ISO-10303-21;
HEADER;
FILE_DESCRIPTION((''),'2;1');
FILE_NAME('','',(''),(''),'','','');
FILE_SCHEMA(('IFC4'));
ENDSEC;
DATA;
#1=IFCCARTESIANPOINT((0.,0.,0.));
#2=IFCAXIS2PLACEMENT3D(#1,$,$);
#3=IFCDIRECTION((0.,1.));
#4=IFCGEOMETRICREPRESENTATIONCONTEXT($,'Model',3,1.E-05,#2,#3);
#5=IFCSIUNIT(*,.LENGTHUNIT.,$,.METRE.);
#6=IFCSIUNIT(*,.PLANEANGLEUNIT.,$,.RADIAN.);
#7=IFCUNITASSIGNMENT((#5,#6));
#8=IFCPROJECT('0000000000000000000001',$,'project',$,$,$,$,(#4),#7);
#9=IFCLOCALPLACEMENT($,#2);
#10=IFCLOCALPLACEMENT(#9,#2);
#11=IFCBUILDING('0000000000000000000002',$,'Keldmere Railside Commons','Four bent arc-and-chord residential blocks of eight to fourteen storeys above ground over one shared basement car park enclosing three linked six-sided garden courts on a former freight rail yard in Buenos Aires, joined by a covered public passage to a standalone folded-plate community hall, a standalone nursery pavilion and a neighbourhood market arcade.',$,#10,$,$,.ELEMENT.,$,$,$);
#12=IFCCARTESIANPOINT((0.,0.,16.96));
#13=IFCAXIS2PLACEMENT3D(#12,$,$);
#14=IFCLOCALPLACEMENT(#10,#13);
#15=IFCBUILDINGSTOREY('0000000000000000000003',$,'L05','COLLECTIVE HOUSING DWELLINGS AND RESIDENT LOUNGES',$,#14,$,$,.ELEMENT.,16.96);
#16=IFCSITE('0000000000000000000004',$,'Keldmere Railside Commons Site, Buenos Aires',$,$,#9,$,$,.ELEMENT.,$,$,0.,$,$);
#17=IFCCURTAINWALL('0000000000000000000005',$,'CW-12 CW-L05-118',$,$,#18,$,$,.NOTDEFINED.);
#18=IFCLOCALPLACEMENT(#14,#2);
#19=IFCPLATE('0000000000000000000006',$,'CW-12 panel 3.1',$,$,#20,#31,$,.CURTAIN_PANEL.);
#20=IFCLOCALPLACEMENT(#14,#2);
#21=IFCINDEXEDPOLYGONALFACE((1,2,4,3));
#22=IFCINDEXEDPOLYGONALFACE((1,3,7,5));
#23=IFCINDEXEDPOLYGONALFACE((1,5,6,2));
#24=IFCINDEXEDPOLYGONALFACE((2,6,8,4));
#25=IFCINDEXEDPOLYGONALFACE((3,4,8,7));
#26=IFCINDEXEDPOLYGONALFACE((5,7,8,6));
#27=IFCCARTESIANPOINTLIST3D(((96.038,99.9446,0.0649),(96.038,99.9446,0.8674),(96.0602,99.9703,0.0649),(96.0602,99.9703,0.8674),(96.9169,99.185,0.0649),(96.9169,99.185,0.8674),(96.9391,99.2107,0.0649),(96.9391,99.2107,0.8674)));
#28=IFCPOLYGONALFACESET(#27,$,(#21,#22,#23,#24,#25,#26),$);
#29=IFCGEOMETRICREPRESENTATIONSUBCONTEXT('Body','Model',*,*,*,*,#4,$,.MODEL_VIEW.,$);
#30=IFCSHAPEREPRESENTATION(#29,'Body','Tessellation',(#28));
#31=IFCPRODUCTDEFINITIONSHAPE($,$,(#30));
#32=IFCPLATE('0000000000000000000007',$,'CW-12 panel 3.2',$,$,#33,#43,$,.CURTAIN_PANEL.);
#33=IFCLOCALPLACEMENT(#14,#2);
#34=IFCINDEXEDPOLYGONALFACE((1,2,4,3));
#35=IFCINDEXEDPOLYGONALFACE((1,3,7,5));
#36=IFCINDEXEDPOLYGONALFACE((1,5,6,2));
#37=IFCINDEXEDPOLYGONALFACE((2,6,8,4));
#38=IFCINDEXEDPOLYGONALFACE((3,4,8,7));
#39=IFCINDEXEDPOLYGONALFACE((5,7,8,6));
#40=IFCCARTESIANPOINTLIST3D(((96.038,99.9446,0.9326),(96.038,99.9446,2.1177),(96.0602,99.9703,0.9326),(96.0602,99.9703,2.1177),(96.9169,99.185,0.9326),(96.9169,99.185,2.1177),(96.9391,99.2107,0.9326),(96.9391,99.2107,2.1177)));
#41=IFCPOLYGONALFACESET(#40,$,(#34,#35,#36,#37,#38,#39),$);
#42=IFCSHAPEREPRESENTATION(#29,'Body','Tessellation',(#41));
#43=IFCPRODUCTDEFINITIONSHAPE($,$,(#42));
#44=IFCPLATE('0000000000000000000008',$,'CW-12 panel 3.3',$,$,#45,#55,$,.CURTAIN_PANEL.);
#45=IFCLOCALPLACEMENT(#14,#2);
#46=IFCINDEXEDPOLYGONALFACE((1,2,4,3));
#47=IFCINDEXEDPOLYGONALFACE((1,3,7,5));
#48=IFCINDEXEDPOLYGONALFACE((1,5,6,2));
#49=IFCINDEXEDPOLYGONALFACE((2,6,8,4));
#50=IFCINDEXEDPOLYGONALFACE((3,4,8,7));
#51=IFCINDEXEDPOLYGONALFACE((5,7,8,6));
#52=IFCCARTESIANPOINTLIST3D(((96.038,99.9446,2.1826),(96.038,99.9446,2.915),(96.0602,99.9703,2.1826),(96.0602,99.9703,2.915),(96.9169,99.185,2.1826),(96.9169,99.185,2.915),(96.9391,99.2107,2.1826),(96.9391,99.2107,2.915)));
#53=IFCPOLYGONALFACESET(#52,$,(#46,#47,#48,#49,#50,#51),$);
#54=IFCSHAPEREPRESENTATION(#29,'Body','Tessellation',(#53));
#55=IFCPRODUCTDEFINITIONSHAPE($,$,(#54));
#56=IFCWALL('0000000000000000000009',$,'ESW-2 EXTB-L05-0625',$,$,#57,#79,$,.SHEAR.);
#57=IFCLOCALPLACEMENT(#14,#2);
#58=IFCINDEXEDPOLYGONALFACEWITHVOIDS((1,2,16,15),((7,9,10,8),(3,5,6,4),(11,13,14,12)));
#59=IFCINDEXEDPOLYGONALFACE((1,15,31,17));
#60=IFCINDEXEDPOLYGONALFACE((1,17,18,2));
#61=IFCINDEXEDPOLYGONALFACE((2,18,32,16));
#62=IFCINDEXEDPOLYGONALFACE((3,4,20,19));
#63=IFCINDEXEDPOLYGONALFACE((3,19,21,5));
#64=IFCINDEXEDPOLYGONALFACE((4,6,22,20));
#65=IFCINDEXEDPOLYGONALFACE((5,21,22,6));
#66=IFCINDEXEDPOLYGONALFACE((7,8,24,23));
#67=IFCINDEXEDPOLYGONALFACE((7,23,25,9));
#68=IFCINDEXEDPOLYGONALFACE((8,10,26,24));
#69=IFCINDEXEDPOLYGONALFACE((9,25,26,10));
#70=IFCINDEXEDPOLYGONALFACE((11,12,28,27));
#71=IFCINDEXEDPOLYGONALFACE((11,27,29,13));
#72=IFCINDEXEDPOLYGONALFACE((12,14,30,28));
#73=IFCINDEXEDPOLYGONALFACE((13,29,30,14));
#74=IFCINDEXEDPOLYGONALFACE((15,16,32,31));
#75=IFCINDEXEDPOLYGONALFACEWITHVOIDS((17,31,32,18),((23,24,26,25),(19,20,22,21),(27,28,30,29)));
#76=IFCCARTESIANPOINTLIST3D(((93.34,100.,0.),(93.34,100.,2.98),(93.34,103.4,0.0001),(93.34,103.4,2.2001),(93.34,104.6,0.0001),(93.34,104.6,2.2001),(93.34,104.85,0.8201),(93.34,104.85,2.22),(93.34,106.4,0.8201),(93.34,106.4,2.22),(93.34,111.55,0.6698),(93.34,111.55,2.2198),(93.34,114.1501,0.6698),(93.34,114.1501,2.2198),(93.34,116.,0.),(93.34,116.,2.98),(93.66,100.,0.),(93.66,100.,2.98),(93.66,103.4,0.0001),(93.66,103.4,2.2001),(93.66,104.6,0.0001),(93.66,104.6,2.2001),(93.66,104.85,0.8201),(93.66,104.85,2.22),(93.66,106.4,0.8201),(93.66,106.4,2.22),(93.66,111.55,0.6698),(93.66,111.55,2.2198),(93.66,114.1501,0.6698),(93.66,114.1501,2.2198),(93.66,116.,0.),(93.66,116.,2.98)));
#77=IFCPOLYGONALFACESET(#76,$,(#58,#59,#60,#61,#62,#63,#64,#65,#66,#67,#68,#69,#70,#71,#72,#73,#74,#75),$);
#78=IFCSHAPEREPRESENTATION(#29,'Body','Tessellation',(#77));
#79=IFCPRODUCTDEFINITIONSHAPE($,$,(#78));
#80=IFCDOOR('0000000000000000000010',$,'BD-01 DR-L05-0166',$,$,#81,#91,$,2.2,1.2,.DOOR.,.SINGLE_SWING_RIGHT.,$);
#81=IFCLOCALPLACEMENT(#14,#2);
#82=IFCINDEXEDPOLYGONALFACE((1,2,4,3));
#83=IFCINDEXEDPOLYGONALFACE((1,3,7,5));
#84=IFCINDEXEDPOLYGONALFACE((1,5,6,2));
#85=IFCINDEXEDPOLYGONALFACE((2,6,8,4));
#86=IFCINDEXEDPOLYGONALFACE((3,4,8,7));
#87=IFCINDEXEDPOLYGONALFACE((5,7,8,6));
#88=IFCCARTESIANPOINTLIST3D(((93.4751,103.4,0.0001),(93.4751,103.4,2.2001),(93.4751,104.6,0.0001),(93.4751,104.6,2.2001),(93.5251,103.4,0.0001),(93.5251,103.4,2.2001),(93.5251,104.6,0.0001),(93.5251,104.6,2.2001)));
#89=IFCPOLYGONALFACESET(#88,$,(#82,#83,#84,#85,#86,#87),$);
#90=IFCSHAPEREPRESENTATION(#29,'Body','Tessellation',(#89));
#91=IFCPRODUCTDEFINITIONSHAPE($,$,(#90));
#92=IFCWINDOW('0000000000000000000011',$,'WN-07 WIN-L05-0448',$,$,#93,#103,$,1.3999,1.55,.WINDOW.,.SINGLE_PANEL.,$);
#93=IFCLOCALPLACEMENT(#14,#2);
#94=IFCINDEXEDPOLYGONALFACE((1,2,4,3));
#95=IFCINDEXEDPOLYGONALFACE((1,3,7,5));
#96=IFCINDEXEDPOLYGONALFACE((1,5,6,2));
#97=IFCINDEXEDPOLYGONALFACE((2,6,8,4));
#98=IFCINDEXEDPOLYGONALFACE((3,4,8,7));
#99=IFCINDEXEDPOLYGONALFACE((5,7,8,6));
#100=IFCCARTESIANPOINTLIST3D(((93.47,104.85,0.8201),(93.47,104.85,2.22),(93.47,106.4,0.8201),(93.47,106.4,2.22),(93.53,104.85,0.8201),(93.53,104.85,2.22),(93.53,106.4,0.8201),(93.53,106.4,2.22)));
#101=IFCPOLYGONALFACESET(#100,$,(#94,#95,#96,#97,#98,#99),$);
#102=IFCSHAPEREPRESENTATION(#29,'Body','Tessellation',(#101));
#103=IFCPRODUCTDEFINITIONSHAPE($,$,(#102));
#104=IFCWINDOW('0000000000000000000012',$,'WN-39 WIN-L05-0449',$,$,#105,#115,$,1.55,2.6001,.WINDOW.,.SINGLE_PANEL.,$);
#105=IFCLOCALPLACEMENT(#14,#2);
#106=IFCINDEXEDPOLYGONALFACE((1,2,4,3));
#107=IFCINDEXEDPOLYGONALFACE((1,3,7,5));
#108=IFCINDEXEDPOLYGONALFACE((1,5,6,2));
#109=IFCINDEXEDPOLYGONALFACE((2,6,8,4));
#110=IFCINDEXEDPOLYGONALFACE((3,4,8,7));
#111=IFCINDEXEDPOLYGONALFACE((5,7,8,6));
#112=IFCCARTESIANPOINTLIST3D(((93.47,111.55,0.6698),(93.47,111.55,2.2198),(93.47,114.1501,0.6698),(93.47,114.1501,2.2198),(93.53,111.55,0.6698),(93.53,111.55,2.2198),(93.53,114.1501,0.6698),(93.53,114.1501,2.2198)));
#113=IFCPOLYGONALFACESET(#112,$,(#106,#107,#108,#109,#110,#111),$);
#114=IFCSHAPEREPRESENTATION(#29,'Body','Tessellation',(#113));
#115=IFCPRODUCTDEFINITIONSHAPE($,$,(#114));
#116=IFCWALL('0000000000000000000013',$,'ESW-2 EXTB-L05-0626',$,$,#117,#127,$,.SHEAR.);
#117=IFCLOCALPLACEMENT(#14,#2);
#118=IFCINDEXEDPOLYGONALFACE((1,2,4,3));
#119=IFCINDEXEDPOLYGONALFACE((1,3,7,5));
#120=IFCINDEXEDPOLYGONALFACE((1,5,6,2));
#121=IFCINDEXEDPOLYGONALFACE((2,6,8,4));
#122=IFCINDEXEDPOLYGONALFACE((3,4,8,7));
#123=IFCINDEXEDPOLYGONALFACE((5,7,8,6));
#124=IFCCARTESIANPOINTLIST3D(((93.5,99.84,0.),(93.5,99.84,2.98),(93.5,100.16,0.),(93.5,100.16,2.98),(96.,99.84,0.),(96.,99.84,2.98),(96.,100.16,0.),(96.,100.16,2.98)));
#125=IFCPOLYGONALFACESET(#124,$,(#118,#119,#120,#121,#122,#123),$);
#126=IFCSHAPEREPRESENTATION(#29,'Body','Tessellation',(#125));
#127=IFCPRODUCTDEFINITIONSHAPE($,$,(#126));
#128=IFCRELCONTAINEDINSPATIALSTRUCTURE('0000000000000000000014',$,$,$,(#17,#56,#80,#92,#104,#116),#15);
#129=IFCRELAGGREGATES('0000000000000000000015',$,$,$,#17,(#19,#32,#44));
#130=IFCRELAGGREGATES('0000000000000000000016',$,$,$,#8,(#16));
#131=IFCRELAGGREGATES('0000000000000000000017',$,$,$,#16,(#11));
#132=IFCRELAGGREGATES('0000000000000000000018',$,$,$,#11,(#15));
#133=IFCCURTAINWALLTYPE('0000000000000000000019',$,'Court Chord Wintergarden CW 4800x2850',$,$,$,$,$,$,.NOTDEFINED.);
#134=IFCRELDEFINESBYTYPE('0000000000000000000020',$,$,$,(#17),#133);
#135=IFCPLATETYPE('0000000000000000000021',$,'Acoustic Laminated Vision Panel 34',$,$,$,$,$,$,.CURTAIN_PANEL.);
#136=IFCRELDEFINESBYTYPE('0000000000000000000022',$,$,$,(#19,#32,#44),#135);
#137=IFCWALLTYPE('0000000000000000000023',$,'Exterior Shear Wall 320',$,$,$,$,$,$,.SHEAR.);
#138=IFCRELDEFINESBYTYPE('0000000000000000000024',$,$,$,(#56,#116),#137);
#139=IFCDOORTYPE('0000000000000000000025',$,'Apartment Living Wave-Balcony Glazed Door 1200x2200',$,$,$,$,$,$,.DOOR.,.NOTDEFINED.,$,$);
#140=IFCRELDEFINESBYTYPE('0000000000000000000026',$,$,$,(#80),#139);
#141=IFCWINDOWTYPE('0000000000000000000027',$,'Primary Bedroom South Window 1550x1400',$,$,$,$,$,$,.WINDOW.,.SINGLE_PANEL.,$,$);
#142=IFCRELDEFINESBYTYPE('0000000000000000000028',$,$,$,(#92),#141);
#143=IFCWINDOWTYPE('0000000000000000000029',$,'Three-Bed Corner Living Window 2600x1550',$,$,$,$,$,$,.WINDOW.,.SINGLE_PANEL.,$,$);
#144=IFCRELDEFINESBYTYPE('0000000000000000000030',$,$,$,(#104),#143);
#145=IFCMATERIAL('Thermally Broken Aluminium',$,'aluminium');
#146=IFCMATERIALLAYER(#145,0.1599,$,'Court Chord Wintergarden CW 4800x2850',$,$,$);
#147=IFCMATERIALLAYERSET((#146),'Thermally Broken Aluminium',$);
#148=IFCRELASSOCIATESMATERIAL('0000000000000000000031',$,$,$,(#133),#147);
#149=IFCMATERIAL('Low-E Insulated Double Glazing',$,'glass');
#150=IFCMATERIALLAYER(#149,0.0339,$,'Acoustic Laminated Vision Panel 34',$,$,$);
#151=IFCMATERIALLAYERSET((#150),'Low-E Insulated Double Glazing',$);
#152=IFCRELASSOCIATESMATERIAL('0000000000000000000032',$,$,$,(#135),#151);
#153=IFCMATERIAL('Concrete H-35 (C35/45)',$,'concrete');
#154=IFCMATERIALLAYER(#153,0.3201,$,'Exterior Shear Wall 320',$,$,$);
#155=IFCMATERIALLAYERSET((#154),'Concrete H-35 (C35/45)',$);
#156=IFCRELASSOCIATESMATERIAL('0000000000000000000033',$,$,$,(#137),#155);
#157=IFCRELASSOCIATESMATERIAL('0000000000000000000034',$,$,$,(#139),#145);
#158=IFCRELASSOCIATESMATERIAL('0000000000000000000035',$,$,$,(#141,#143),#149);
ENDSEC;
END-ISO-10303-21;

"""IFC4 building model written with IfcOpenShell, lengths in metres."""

from ifc_helpers import new_model, si_unit, direction, frame, frame_2d, origin, origin_2d, place, context, subcontext, project, spatial, rectangle, extrude, material, layer, layer_set, type_object, element, fill, aggregate, save


model = new_model("IFC4")

# Units and contexts
model_context = context("Model", 3, precision=1e-05, world=origin(), true_north=direction((0.0, 1.0)))
body_context = subcontext(model_context, "Body", "Model", "MODEL_VIEW")
ifc_project = project(units=[si_unit("LENGTHUNIT", "METRE"), si_unit("PLANEANGLEUNIT", "RADIAN")], contexts=[model_context])

# Site, building, storey
site_placement = place(None, origin())
site = spatial("IfcSite", under=ifc_project, at=site_placement, Name="Keldmere Railside Commons Site, Buenos Aires", CompositionType="ELEMENT", RefElevation=0.0)
building_placement = place(site_placement, origin())
building = spatial("IfcBuilding", under=site, at=building_placement, Name="Keldmere Railside Commons", Description="Four bent arc-and-chord residential blocks of eight to fourteen storeys above ground over one shared basement car park enclosing three linked six-sided garden courts on a former freight rail yard in Buenos Aires, joined by a covered public passage to a standalone folded-plate community hall, a standalone nursery pavilion and a neighbourhood market arcade.", CompositionType="ELEMENT")
storey_placement = place(building_placement, frame((0.0, 0.0, 16.96)))
storey = spatial("IfcBuildingStorey", under=building, at=storey_placement, Name="L05", Description="COLLECTIVE HOUSING DWELLINGS AND RESIDENT LOUNGES", CompositionType="ELEMENT", Elevation=16.96)

# Shared definitions
ifc_material_1 = material(Name="Concrete H-35 (C35/45)", Category="concrete")

# Curtain wall, plates
ifc_material_2 = material(Name="Thermally Broken Aluminium", Category="aluminium")
ifc_layer_1 = layer(ifc_material_2, 0.1599, Name="Court Chord Wintergarden CW 4800x2850")
ifc_layer_set_1 = layer_set([ifc_layer_1], Name="Thermally Broken Aluminium")
curtain_wall_type = type_object("IfcCurtainWallType", Name="Court Chord Wintergarden CW 4800x2850", PredefinedType="NOTDEFINED", material=ifc_layer_set_1)
curtain_wall_placement = place(storey_placement, origin())
curtain_wall = element("IfcCurtainWall", 1, at=curtain_wall_placement, inside=storey, type_object=curtain_wall_type, Name="CW-12 CW-L05-118", PredefinedType="NOTDEFINED")
ifc_material_3 = material(Name="Low-E Insulated Double Glazing", Category="glass")
ifc_layer_2 = layer(ifc_material_3, 0.0339, Name="Acoustic Laminated Vision Panel 34")
ifc_layer_set_2 = layer_set([ifc_layer_2], Name="Low-E Insulated Double Glazing")
plate_type = type_object("IfcPlateType", Name="Acoustic Laminated Vision Panel 34", PredefinedType="CURTAIN_PANEL", material=ifc_layer_set_2)
plate_1_placement = place(storey_placement, frame((96.4885, 99.5776, 0.0649), z_axis=(0.0, 0.0, 1.0), x_axis=(-0.756597, 0.653882, 0.0)))
plate_1 = element("IfcPlate", 2, at=plate_1_placement, type_object=plate_type, Name="CW-12 panel 3.1", PredefinedType="CURTAIN_PANEL", context=body_context, shape_type="SweptSolid", body=[
    extrude(rectangle(XDim=1.1616, YDim=0.0339, at=origin_2d()), origin(), (0.0, 0.0, 1.0), 0.8025),
])
plate_2_placement = place(storey_placement, frame((96.4885, 99.5776, 0.9326), z_axis=(0.0, 0.0, 1.0), x_axis=(-0.756597, 0.653882, 0.0)))
plate_2 = element("IfcPlate", 3, at=plate_2_placement, type_object=plate_type, Name="CW-12 panel 3.2", PredefinedType="CURTAIN_PANEL", context=body_context, shape_type="SweptSolid", body=[
    extrude(rectangle(XDim=1.1616, YDim=0.0339, at=origin_2d()), origin(), (0.0, 0.0, 1.0), 1.1851),
])
plate_3_placement = place(storey_placement, frame((96.4885, 99.5776, 2.1826), z_axis=(0.0, 0.0, 1.0), x_axis=(-0.756597, 0.653882, 0.0)))
plate_3 = element("IfcPlate", 4, at=plate_3_placement, type_object=plate_type, Name="CW-12 panel 3.3", PredefinedType="CURTAIN_PANEL", context=body_context, shape_type="SweptSolid", body=[
    extrude(rectangle(XDim=1.1616, YDim=0.0339, at=origin_2d()), origin(), (0.0, 0.0, 1.0), 0.7324),
])
aggregate(curtain_wall, [plate_1, plate_2, plate_3])

# Wall, openings, door, windows
ifc_layer_3 = layer(ifc_material_1, 0.3201, Name="Exterior Shear Wall 320")
ifc_layer_set_3 = layer_set([ifc_layer_3], Name="Concrete H-35 (C35/45)")
wall_type = type_object("IfcWallType", Name="Exterior Shear Wall 320", PredefinedType="SHEAR", material=ifc_layer_set_3)
wall_1_placement = place(storey_placement, frame((93.5, 100.0, 0.0), z_axis=(0.0, 0.0, 1.0), x_axis=(0.0, 1.0, 0.0)))
wall_1 = element("IfcWall", 5, at=wall_1_placement, inside=storey, type_object=wall_type, Name="ESW-2 EXTB-L05-0625", PredefinedType="SHEAR", context=body_context, shape_type="SweptSolid", body=[
    extrude(rectangle(XDim=16.0, YDim=0.3201, at=frame_2d((8.0, 0.0))), origin(), (0.0, 0.0, 1.0), 2.98),
])
opening_1_placement = place(wall_1_placement, frame((3.3999, 0.0, 0.0)))
opening_1 = element("IfcOpeningElement", 6, at=opening_1_placement, cuts=wall_1, PredefinedType="OPENING", context=body_context, shape_type="SweptSolid", body=[
    extrude(rectangle(XDim=1.2, YDim=2.2, at=frame_2d((0.6001, 1.1001))), frame((0.0, 0.1699, 0.0), z_axis=(0.0, -1.0, 0.0), x_axis=(1.0, 0.0, 0.0)), (0.0, 0.0, 1.0), 0.3401),
])
opening_2_placement = place(wall_1_placement, frame((4.8501, 0.0, 0.8201)))
opening_2 = element("IfcOpeningElement", 7, at=opening_2_placement, cuts=wall_1, PredefinedType="OPENING", context=body_context, shape_type="SweptSolid", body=[
    extrude(rectangle(XDim=1.55, YDim=1.3999, at=frame_2d((0.7749, 0.7))), frame((0.0, 0.1699, 0.0), z_axis=(0.0, -1.0, 0.0), x_axis=(1.0, 0.0, 0.0)), (0.0, 0.0, 1.0), 0.3401),
])
opening_3_placement = place(wall_1_placement, frame((11.55, 0.0, 0.6699)))
opening_3 = element("IfcOpeningElement", 8, at=opening_3_placement, cuts=wall_1, PredefinedType="OPENING", context=body_context, shape_type="SweptSolid", body=[
    extrude(rectangle(XDim=2.6001, YDim=1.55, at=frame_2d((1.3, 0.7749))), frame((0.0, 0.1699, 0.0), z_axis=(0.0, -1.0, 0.0), x_axis=(1.0, 0.0, 0.0)), (0.0, 0.0, 1.0), 0.3401),
])
door_type = type_object("IfcDoorType", Name="Apartment Living Wave-Balcony Glazed Door 1200x2200", OperationType="NOTDEFINED", PredefinedType="DOOR", material=ifc_material_2)
door_placement = place(opening_1_placement, origin())
door = element("IfcDoor", 9, at=door_placement, inside=storey, type_object=door_type, Name="BD-01 DR-L05-0166", OperationType="SINGLE_SWING_RIGHT", OverallHeight=2.2, OverallWidth=1.2, PredefinedType="DOOR", context=body_context, shape_type="SweptSolid", body=[
    extrude(rectangle(XDim=1.2, YDim=2.2, at=frame_2d((0.6001, 1.1001))), frame((0.0, 0.0249, 0.0), z_axis=(0.0, -1.0, 0.0), x_axis=(1.0, 0.0, 0.0)), (0.0, 0.0, 1.0), 0.05),
])
fill(opening_1, door)
window_type_1 = type_object("IfcWindowType", Name="Primary Bedroom South Window 1550x1400", PartitioningType="SINGLE_PANEL", PredefinedType="WINDOW", material=ifc_material_3)
window_1_placement = place(opening_2_placement, origin())
window_1 = element("IfcWindow", 10, at=window_1_placement, inside=storey, type_object=window_type_1, Name="WN-07 WIN-L05-0448", OverallHeight=1.3999, OverallWidth=1.55, PartitioningType="SINGLE_PANEL", PredefinedType="WINDOW", context=body_context, shape_type="SweptSolid", body=[
    extrude(rectangle(XDim=1.55, YDim=1.3999, at=frame_2d((0.7749, 0.7))), frame((0.0, 0.03, 0.0), z_axis=(0.0, -1.0, 0.0), x_axis=(1.0, 0.0, 0.0)), (0.0, 0.0, 1.0), 0.0601),
])
fill(opening_2, window_1)
window_type_2 = type_object("IfcWindowType", Name="Three-Bed Corner Living Window 2600x1550", PartitioningType="SINGLE_PANEL", PredefinedType="WINDOW", material=ifc_material_3)
window_2_placement = place(opening_3_placement, origin())
window_2 = element("IfcWindow", 11, at=window_2_placement, inside=storey, type_object=window_type_2, Name="WN-39 WIN-L05-0449", OverallHeight=1.55, OverallWidth=2.6001, PartitioningType="SINGLE_PANEL", PredefinedType="WINDOW", context=body_context, shape_type="SweptSolid", body=[
    extrude(rectangle(XDim=2.6001, YDim=1.55, at=frame_2d((1.3, 0.7749))), frame((0.0, 0.03, 0.0), z_axis=(0.0, -1.0, 0.0), x_axis=(1.0, 0.0, 0.0)), (0.0, 0.0, 1.0), 0.0601),
])
fill(opening_3, window_2)

# Wall
wall_2_placement = place(storey_placement, frame((96.0, 100.0, 0.0), z_axis=(0.0, 0.0, 1.0), x_axis=(-1.0, 0.0, 0.0)))
element("IfcWall", 12, at=wall_2_placement, inside=storey, type_object=wall_type, Name="ESW-2 EXTB-L05-0626", PredefinedType="SHEAR", context=body_context, shape_type="SweptSolid", body=[
    extrude(rectangle(XDim=2.5, YDim=0.3201, at=frame_2d((1.25, 0.0))), origin(), (0.0, 0.0, 1.0), 2.98),
])

save(model, "model.ifc")
